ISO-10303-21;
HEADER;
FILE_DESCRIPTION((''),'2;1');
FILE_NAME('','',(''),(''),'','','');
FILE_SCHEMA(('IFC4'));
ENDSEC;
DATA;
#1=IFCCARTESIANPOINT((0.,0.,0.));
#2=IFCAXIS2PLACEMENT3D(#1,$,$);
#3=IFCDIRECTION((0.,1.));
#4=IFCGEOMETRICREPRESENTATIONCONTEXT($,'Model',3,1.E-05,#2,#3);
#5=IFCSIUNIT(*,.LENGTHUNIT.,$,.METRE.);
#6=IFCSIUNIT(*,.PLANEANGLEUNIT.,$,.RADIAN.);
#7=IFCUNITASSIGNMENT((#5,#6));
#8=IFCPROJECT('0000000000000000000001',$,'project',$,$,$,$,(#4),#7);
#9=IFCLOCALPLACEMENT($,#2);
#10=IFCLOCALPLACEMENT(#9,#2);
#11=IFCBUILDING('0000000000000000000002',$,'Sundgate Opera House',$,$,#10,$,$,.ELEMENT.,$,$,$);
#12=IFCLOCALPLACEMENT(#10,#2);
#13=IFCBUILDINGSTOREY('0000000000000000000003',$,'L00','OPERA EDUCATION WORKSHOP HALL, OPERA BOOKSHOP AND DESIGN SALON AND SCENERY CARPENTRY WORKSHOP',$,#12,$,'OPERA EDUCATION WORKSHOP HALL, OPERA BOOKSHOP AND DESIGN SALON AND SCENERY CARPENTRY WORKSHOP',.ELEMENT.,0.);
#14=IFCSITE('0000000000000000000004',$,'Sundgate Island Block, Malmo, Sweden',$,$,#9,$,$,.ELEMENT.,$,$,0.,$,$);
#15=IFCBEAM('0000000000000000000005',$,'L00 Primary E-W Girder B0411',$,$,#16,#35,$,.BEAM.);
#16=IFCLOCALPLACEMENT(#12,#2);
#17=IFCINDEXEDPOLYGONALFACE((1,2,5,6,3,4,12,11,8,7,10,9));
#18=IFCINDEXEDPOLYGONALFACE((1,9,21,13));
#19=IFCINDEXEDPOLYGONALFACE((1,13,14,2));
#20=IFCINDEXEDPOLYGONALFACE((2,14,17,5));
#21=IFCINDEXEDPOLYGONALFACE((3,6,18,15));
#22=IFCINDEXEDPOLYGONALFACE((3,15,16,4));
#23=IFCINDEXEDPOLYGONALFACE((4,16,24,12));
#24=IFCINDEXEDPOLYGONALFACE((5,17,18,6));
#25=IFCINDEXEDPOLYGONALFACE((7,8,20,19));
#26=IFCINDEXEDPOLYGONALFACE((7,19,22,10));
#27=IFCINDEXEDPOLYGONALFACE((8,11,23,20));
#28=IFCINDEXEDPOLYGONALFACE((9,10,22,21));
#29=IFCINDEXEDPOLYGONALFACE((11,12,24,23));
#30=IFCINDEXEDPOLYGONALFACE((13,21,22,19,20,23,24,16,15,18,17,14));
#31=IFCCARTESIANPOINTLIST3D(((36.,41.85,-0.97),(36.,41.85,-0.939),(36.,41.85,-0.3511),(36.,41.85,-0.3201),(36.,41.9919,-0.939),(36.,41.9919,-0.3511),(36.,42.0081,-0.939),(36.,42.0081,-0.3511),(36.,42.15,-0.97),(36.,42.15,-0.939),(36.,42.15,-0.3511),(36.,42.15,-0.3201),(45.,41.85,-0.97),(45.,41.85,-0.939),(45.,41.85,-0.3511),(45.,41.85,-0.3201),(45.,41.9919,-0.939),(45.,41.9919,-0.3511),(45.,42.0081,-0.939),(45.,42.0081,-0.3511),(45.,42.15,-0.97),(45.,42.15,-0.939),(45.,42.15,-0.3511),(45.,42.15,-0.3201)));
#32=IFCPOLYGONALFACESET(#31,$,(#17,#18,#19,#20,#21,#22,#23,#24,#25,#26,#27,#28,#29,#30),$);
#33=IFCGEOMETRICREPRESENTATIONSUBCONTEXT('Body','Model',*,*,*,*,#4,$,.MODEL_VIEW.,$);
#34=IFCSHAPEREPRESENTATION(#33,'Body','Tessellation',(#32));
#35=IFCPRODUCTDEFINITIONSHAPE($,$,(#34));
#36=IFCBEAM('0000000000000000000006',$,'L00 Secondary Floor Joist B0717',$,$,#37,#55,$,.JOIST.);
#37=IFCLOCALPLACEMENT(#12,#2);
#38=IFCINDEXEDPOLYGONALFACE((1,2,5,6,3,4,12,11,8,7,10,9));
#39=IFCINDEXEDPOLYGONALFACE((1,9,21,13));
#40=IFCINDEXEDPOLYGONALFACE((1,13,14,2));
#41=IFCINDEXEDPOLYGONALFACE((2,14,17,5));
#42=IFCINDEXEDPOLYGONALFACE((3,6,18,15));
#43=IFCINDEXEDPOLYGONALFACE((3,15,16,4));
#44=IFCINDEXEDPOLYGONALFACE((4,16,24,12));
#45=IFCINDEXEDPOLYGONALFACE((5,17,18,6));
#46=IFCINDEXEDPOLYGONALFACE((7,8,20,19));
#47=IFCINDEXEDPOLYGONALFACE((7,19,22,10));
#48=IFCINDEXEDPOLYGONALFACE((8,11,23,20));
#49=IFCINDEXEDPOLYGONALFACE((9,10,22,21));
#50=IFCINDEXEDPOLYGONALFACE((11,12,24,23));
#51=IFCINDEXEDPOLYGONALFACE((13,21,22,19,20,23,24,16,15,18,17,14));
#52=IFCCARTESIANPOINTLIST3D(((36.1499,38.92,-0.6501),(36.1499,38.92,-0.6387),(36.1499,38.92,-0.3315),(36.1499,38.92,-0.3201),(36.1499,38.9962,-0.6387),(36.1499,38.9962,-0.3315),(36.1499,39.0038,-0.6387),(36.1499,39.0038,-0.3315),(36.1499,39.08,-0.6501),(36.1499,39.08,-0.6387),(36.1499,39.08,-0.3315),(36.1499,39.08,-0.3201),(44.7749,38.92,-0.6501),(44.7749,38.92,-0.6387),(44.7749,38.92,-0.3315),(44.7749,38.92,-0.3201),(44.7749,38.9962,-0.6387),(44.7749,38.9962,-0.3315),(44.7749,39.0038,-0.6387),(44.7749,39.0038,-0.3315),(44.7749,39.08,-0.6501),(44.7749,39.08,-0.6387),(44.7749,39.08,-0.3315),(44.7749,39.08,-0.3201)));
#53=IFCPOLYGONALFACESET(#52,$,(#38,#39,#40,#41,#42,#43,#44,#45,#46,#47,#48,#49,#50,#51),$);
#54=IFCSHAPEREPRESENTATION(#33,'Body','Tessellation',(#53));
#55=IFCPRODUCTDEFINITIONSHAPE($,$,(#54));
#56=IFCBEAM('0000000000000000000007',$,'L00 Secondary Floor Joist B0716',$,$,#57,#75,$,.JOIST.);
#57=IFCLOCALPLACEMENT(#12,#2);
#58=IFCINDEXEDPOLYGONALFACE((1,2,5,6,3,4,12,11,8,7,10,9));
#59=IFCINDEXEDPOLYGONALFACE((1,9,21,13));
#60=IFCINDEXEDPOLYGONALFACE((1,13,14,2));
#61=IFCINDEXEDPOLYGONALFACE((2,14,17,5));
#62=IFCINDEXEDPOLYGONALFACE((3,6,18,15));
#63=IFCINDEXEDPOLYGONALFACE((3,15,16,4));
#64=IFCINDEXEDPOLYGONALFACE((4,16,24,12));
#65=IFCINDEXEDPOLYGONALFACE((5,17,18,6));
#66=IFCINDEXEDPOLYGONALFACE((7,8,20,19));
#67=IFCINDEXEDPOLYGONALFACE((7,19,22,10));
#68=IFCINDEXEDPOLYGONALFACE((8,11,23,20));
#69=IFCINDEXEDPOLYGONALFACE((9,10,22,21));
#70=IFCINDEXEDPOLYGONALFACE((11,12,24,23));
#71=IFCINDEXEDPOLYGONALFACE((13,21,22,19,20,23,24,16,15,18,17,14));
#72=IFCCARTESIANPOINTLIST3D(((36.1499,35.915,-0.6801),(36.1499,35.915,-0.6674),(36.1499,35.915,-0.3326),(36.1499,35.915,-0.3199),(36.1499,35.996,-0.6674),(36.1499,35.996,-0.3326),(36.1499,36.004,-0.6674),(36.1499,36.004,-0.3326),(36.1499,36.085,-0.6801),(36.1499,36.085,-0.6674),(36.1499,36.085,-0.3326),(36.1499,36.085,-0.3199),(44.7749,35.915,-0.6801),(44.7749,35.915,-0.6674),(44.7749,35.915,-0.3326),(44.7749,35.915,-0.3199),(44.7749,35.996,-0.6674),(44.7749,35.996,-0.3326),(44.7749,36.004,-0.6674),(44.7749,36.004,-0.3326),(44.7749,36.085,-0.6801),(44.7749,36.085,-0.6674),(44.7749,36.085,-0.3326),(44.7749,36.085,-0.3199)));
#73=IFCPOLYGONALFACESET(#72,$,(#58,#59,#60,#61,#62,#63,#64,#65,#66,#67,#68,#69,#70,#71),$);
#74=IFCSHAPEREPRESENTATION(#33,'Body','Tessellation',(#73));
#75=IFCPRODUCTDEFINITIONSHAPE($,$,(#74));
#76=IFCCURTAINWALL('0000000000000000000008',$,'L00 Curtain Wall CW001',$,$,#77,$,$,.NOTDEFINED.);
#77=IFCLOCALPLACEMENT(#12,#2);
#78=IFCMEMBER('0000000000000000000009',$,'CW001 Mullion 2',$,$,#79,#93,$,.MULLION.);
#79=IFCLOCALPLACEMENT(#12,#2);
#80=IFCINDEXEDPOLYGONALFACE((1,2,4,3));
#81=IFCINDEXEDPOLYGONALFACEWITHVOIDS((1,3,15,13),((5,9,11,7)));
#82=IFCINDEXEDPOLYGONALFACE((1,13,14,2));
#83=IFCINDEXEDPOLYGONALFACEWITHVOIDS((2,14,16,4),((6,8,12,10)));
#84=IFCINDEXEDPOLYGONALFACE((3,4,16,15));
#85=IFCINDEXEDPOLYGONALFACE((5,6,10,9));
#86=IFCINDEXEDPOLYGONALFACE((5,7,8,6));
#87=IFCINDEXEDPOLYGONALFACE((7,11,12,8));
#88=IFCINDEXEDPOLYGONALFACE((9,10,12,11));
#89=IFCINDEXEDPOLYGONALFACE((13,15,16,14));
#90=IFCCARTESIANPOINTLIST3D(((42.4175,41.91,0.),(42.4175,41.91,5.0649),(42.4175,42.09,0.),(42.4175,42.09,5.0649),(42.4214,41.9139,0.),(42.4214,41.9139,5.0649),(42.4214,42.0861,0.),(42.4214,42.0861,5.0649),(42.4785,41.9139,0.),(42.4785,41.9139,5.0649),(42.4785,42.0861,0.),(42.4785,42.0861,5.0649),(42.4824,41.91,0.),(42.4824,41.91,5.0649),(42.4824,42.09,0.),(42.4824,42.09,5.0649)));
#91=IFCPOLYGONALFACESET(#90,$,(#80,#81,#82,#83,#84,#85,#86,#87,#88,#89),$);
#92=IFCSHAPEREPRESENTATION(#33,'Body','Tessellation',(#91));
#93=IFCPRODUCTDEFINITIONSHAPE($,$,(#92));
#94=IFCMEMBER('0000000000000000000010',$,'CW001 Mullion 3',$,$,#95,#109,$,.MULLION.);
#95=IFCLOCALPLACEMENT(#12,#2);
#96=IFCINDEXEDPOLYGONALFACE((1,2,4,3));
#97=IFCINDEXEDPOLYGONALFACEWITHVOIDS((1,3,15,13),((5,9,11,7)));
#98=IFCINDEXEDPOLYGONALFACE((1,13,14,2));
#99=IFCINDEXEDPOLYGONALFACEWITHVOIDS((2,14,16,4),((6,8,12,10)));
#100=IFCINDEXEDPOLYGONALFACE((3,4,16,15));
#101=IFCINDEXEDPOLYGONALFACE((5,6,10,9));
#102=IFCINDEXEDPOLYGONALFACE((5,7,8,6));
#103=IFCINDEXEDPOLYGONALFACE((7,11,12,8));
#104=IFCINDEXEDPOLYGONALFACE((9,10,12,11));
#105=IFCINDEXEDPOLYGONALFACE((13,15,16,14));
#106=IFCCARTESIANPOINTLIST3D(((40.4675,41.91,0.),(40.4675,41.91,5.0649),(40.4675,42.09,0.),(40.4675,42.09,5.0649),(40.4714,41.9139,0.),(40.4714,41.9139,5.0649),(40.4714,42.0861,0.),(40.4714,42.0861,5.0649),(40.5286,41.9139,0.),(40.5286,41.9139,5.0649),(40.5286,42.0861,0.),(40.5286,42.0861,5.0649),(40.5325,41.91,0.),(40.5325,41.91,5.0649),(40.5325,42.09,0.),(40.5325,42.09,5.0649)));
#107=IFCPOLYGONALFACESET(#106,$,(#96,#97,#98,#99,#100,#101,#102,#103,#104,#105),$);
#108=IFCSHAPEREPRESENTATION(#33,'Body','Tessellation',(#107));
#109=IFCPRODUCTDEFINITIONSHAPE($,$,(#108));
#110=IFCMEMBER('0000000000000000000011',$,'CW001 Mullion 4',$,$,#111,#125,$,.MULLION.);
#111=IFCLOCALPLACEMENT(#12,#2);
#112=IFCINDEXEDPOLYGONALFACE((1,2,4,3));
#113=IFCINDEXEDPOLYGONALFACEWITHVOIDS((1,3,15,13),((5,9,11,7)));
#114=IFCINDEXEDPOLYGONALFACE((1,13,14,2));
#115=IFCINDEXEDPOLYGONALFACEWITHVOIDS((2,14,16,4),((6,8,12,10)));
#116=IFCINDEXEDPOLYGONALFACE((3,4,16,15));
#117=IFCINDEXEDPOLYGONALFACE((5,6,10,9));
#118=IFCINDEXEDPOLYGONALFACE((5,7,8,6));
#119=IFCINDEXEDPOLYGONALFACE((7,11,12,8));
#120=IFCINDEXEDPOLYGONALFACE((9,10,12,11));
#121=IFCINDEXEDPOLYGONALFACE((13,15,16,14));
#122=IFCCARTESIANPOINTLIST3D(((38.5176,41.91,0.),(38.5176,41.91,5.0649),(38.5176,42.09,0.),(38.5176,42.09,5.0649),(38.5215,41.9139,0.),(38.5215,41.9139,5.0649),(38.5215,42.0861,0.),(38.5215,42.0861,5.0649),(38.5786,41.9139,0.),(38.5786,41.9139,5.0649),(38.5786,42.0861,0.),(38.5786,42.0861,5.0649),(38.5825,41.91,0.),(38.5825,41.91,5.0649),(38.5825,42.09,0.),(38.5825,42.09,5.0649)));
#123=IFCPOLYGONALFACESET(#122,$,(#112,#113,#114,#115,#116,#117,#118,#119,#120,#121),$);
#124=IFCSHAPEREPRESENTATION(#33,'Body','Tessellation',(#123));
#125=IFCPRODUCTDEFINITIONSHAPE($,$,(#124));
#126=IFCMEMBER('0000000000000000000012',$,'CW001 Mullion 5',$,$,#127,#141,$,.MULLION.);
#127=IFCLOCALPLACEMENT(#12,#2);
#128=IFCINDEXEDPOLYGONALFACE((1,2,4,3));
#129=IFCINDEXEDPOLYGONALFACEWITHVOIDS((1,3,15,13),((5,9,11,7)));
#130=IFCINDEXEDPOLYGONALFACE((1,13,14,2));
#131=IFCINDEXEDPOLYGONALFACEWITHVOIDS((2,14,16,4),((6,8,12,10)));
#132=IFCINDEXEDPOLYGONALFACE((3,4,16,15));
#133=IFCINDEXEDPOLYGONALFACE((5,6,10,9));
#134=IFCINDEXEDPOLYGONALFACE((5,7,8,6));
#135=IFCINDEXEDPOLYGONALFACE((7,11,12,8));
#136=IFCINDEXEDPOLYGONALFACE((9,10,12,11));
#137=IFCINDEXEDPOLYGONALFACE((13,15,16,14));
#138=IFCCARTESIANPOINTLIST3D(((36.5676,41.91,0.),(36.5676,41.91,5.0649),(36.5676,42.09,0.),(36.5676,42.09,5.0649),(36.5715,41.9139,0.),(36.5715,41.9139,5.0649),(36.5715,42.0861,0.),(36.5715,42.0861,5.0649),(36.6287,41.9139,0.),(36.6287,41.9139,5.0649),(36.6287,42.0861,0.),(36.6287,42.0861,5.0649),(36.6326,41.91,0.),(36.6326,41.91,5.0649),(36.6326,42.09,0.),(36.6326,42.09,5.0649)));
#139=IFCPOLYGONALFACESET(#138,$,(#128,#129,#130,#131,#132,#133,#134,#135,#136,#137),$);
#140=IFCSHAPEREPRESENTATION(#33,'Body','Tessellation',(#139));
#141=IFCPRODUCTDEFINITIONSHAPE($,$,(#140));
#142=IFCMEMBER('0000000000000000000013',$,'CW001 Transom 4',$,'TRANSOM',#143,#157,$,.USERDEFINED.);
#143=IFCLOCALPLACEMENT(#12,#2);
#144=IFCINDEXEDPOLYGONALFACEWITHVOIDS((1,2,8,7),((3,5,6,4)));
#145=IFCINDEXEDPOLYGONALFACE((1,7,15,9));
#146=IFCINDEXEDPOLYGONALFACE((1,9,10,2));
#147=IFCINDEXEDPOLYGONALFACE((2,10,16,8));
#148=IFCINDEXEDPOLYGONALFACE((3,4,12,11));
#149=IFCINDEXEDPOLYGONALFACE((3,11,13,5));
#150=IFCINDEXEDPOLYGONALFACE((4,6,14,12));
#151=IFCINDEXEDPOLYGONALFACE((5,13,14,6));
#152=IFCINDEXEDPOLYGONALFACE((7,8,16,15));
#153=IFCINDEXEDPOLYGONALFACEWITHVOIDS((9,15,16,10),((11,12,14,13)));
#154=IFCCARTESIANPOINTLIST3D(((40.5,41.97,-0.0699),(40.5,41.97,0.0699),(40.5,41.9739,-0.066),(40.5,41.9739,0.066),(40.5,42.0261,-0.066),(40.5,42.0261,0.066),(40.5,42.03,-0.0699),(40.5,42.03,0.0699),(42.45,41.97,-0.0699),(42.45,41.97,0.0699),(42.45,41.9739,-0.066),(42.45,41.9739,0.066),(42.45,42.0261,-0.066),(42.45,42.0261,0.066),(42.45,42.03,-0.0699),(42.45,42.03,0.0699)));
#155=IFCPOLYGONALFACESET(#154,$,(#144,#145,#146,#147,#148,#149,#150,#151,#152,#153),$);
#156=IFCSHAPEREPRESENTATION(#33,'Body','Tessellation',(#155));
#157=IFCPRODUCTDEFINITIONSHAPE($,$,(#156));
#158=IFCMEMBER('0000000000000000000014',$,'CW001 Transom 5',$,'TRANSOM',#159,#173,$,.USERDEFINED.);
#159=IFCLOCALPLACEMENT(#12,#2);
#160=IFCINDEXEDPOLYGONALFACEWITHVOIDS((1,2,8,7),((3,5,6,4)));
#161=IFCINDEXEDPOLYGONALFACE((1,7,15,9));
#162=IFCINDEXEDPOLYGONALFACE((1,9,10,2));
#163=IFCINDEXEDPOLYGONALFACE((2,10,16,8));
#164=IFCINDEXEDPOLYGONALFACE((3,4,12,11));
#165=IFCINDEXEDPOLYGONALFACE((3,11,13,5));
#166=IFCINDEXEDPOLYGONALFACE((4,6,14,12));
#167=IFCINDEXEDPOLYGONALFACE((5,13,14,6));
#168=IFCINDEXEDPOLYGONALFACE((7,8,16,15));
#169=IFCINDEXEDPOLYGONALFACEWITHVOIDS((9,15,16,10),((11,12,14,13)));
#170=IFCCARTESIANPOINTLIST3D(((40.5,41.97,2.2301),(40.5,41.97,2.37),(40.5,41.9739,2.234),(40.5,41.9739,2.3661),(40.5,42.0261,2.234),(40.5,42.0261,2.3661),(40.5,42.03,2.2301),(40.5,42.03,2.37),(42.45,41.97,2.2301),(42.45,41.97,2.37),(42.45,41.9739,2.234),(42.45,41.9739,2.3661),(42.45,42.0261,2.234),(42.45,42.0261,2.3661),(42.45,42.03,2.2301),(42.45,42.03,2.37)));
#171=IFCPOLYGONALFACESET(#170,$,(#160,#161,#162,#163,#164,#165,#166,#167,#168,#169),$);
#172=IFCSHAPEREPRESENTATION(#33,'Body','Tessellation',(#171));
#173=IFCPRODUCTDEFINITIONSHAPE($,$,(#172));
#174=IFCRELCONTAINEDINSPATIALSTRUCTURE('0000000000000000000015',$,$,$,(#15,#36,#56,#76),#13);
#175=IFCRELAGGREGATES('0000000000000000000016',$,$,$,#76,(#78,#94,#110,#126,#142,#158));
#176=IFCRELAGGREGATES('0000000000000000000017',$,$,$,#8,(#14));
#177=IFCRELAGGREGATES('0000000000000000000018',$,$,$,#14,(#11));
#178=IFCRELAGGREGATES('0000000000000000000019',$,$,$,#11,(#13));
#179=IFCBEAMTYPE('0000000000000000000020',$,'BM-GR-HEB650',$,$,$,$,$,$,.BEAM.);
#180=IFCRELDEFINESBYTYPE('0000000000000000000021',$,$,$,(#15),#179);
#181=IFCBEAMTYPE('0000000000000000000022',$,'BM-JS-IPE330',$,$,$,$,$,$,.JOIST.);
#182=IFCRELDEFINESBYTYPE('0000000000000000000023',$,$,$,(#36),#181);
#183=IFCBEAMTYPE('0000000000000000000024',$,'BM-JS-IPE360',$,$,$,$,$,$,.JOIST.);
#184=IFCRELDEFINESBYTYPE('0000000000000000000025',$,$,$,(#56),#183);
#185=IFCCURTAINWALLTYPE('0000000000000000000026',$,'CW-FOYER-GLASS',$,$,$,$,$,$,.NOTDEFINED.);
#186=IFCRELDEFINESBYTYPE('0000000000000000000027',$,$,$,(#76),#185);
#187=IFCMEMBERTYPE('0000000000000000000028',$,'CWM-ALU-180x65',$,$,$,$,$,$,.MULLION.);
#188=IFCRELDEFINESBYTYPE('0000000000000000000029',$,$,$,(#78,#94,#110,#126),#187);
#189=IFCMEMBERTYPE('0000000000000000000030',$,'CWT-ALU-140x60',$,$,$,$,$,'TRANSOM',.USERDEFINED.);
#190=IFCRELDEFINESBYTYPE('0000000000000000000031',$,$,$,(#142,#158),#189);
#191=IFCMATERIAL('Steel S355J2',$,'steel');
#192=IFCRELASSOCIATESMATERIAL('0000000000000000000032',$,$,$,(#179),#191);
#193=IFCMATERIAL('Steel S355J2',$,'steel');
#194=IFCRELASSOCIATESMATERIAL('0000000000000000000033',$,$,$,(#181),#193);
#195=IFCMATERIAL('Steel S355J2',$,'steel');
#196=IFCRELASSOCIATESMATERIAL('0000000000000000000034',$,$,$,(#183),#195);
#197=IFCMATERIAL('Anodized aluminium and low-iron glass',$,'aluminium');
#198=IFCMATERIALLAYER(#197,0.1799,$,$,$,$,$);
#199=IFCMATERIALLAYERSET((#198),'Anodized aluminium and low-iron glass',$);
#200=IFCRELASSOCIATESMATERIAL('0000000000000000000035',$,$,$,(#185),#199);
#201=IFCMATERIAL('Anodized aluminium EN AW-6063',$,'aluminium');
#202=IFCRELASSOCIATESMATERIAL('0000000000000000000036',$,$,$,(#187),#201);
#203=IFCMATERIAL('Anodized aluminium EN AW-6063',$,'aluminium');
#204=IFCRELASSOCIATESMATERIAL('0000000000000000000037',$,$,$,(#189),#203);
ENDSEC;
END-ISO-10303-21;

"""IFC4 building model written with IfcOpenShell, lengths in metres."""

from ifc_helpers import new_model, si_unit, direction, frame, origin, origin_2d, place, context, subcontext, project, spatial, hollow_rectangle, i_section, extrude, material, layer, layer_set, material_profile, profile_set, type_object, element, aggregate, save


model = new_model("IFC4")

# Units and contexts
model_context = context("Model", 3, precision=1e-05, world=origin(), true_north=direction((0.0, 1.0)))
body_context = subcontext(model_context, "Body", "Model", "MODEL_VIEW")
ifc_project = project(units=[si_unit("LENGTHUNIT", "METRE"), si_unit("PLANEANGLEUNIT", "RADIAN")], contexts=[model_context])

# Site, building, storey
site_placement = place(None, origin())
site = spatial("IfcSite", under=ifc_project, at=site_placement, Name="Sundgate Island Block, Malmo, Sweden", CompositionType="ELEMENT", RefElevation=0.0)
building_placement = place(site_placement, origin())
building = spatial("IfcBuilding", under=site, at=building_placement, Name="Sundgate Opera House", CompositionType="ELEMENT")
storey_placement = place(building_placement, origin())
storey = spatial("IfcBuildingStorey", under=building, at=storey_placement, Name="L00", Description="OPERA EDUCATION WORKSHOP HALL, OPERA BOOKSHOP AND DESIGN SALON AND SCENERY CARPENTRY WORKSHOP", LongName="OPERA EDUCATION WORKSHOP HALL, OPERA BOOKSHOP AND DESIGN SALON AND SCENERY CARPENTRY WORKSHOP", CompositionType="ELEMENT", Elevation=0.0)

# Beams
ifc_material_1 = material(Name="Steel S355J2", Category="steel")
ifc_material_profile_1 = material_profile(ifc_material_1, i_section(OverallWidth=0.3, OverallDepth=0.6499, WebThickness=0.0161, FlangeThickness=0.031, at=origin_2d()), Name="HEB 650")
ifc_profile_set_1 = profile_set([ifc_material_profile_1], Name="Steel S355J2")
beam_type_1 = type_object("IfcBeamType", Name="BM-GR-HEB650", PredefinedType="BEAM", material=ifc_profile_set_1)
beam_1_placement = place(storey_placement, frame((36.0, 42.0, -0.645), z_axis=(1.0, 0.0, 0.0), x_axis=(0.0, 1.0, 0.0)))
element("IfcBeam", 1, at=beam_1_placement, inside=storey, type_object=beam_type_1, Name="L00 Primary E-W Girder B0411", PredefinedType="BEAM", context=body_context, shape_type="SweptSolid", body=[
    extrude(i_section(OverallWidth=0.3, OverallDepth=0.6499, WebThickness=0.0161, FlangeThickness=0.031, at=origin_2d()), origin(), (0.0, 0.0, 1.0), 9.0),
])
ifc_material_2 = material(Name="Steel S355J2", Category="steel")
ifc_material_profile_2 = material_profile(ifc_material_2, i_section(OverallWidth=0.1599, OverallDepth=0.3301, WebThickness=0.0076, FlangeThickness=0.0115, at=origin_2d()), Name="IPE 330")
ifc_profile_set_2 = profile_set([ifc_material_profile_2], Name="Steel S355J2")
beam_type_2 = type_object("IfcBeamType", Name="BM-JS-IPE330", PredefinedType="JOIST", material=ifc_profile_set_2)
beam_2_placement = place(storey_placement, frame((36.1499, 39.0, -0.4851), z_axis=(1.0, 0.0, 0.0), x_axis=(0.0, 1.0, 0.0)))
element("IfcBeam", 2, at=beam_2_placement, inside=storey, type_object=beam_type_2, Name="L00 Secondary Floor Joist B0717", PredefinedType="JOIST", context=body_context, shape_type="SweptSolid", body=[
    extrude(i_section(OverallWidth=0.1599, OverallDepth=0.3301, WebThickness=0.0076, FlangeThickness=0.0115, at=origin_2d()), origin(), (0.0, 0.0, 1.0), 8.625),
])
ifc_material_3 = material(Name="Steel S355J2", Category="steel")
ifc_material_profile_3 = material_profile(ifc_material_3, i_section(OverallWidth=0.1699, OverallDepth=0.3601, WebThickness=0.0081, FlangeThickness=0.0127, at=origin_2d()), Name="IPE 360")
ifc_profile_set_3 = profile_set([ifc_material_profile_3], Name="Steel S355J2")
beam_type_3 = type_object("IfcBeamType", Name="BM-JS-IPE360", PredefinedType="JOIST", material=ifc_profile_set_3)
beam_3_placement = place(storey_placement, frame((36.1499, 36.0, -0.5), z_axis=(1.0, 0.0, 0.0), x_axis=(0.0, 1.0, 0.0)))
element("IfcBeam", 3, at=beam_3_placement, inside=storey, type_object=beam_type_3, Name="L00 Secondary Floor Joist B0716", PredefinedType="JOIST", context=body_context, shape_type="SweptSolid", body=[
    extrude(i_section(OverallWidth=0.1699, OverallDepth=0.3601, WebThickness=0.0081, FlangeThickness=0.0127, at=origin_2d()), origin(), (0.0, 0.0, 1.0), 8.625),
])

# Curtain wall, members
ifc_material_4 = material(Name="Anodized aluminium and low-iron glass", Category="aluminium")
ifc_layer_1 = layer(ifc_material_4, 0.1799)
ifc_layer_set_1 = layer_set([ifc_layer_1], Name="Anodized aluminium and low-iron glass")
curtain_wall_type = type_object("IfcCurtainWallType", Name="CW-FOYER-GLASS", PredefinedType="NOTDEFINED", material=ifc_layer_set_1)
curtain_wall_placement = place(storey_placement, origin())
curtain_wall = element("IfcCurtainWall", 4, at=curtain_wall_placement, inside=storey, type_object=curtain_wall_type, Name="L00 Curtain Wall CW001", PredefinedType="NOTDEFINED")
ifc_material_5 = material(Name="Anodized aluminium EN AW-6063", Category="aluminium")
ifc_material_profile_4 = material_profile(ifc_material_5, hollow_rectangle(XDim=0.0649, YDim=0.1799, WallThickness=0.0039, at=origin_2d()), Name="CWM 180x65x4")
ifc_profile_set_4 = profile_set([ifc_material_profile_4], Name="Anodized aluminium EN AW-6063")
member_type_1 = type_object("IfcMemberType", Name="CWM-ALU-180x65", PredefinedType="MULLION", material=ifc_profile_set_4)
member_1_placement = place(storey_placement, frame((42.45, 42.0, 0.0), z_axis=(0.0, 0.0, 1.0), x_axis=(1.0, 0.0, 0.0)))
member_1 = element("IfcMember", 5, at=member_1_placement, type_object=member_type_1, Name="CW001 Mullion 2", PredefinedType="MULLION", context=body_context, shape_type="SweptSolid", body=[
    extrude(hollow_rectangle(XDim=0.0649, YDim=0.1799, WallThickness=0.0039, at=origin_2d()), origin(), (0.0, 0.0, 1.0), 5.0649),
])
member_2_placement = place(storey_placement, frame((40.5, 42.0, 0.0), z_axis=(0.0, 0.0, 1.0), x_axis=(1.0, 0.0, 0.0)))
member_2 = element("IfcMember", 6, at=member_2_placement, type_object=member_type_1, Name="CW001 Mullion 3", PredefinedType="MULLION", context=body_context, shape_type="SweptSolid", body=[
    extrude(hollow_rectangle(XDim=0.0649, YDim=0.1799, WallThickness=0.0039, at=origin_2d()), origin(), (0.0, 0.0, 1.0), 5.0649),
])
member_3_placement = place(storey_placement, frame((38.55, 42.0, 0.0), z_axis=(0.0, 0.0, 1.0), x_axis=(1.0, 0.0, 0.0)))
member_3 = element("IfcMember", 7, at=member_3_placement, type_object=member_type_1, Name="CW001 Mullion 4", PredefinedType="MULLION", context=body_context, shape_type="SweptSolid", body=[
    extrude(hollow_rectangle(XDim=0.0649, YDim=0.1799, WallThickness=0.0039, at=origin_2d()), origin(), (0.0, 0.0, 1.0), 5.0649),
])
member_4_placement = place(storey_placement, frame((36.6001, 42.0, 0.0), z_axis=(0.0, 0.0, 1.0), x_axis=(1.0, 0.0, 0.0)))
member_4 = element("IfcMember", 8, at=member_4_placement, type_object=member_type_1, Name="CW001 Mullion 5", PredefinedType="MULLION", context=body_context, shape_type="SweptSolid", body=[
    extrude(hollow_rectangle(XDim=0.0649, YDim=0.1799, WallThickness=0.0039, at=origin_2d()), origin(), (0.0, 0.0, 1.0), 5.0649),
])
ifc_material_6 = material(Name="Anodized aluminium EN AW-6063", Category="aluminium")
ifc_material_profile_5 = material_profile(ifc_material_6, hollow_rectangle(XDim=0.0601, YDim=0.1399, WallThickness=0.0039, at=origin_2d()), Name="CWT 140x60x4")
ifc_profile_set_5 = profile_set([ifc_material_profile_5], Name="Anodized aluminium EN AW-6063")
member_type_2 = type_object("IfcMemberType", Name="CWT-ALU-140x60", ElementType="TRANSOM", PredefinedType="USERDEFINED", material=ifc_profile_set_5)
member_5_placement = place(storey_placement, frame((42.45, 42.0, 0.0), z_axis=(-1.0, 0.0, 0.0), x_axis=(0.0, -1.0, 0.0)))
member_5 = element("IfcMember", 9, at=member_5_placement, type_object=member_type_2, Name="CW001 Transom 4", ObjectType="TRANSOM", PredefinedType="USERDEFINED", context=body_context, shape_type="SweptSolid", body=[
    extrude(hollow_rectangle(XDim=0.0601, YDim=0.1399, WallThickness=0.0039, at=origin_2d()), origin(), (0.0, 0.0, 1.0), 1.95),
])
member_6_placement = place(storey_placement, frame((42.45, 42.0, 2.3), z_axis=(-1.0, 0.0, 0.0), x_axis=(0.0, -1.0, 0.0)))
member_6 = element("IfcMember", 10, at=member_6_placement, type_object=member_type_2, Name="CW001 Transom 5", ObjectType="TRANSOM", PredefinedType="USERDEFINED", context=body_context, shape_type="SweptSolid", body=[
    extrude(hollow_rectangle(XDim=0.0601, YDim=0.1399, WallThickness=0.0039, at=origin_2d()), origin(), (0.0, 0.0, 1.0), 1.95),
])
aggregate(curtain_wall, [member_1, member_2, member_3, member_4, member_5, member_6])

save(model, "model.ifc")
